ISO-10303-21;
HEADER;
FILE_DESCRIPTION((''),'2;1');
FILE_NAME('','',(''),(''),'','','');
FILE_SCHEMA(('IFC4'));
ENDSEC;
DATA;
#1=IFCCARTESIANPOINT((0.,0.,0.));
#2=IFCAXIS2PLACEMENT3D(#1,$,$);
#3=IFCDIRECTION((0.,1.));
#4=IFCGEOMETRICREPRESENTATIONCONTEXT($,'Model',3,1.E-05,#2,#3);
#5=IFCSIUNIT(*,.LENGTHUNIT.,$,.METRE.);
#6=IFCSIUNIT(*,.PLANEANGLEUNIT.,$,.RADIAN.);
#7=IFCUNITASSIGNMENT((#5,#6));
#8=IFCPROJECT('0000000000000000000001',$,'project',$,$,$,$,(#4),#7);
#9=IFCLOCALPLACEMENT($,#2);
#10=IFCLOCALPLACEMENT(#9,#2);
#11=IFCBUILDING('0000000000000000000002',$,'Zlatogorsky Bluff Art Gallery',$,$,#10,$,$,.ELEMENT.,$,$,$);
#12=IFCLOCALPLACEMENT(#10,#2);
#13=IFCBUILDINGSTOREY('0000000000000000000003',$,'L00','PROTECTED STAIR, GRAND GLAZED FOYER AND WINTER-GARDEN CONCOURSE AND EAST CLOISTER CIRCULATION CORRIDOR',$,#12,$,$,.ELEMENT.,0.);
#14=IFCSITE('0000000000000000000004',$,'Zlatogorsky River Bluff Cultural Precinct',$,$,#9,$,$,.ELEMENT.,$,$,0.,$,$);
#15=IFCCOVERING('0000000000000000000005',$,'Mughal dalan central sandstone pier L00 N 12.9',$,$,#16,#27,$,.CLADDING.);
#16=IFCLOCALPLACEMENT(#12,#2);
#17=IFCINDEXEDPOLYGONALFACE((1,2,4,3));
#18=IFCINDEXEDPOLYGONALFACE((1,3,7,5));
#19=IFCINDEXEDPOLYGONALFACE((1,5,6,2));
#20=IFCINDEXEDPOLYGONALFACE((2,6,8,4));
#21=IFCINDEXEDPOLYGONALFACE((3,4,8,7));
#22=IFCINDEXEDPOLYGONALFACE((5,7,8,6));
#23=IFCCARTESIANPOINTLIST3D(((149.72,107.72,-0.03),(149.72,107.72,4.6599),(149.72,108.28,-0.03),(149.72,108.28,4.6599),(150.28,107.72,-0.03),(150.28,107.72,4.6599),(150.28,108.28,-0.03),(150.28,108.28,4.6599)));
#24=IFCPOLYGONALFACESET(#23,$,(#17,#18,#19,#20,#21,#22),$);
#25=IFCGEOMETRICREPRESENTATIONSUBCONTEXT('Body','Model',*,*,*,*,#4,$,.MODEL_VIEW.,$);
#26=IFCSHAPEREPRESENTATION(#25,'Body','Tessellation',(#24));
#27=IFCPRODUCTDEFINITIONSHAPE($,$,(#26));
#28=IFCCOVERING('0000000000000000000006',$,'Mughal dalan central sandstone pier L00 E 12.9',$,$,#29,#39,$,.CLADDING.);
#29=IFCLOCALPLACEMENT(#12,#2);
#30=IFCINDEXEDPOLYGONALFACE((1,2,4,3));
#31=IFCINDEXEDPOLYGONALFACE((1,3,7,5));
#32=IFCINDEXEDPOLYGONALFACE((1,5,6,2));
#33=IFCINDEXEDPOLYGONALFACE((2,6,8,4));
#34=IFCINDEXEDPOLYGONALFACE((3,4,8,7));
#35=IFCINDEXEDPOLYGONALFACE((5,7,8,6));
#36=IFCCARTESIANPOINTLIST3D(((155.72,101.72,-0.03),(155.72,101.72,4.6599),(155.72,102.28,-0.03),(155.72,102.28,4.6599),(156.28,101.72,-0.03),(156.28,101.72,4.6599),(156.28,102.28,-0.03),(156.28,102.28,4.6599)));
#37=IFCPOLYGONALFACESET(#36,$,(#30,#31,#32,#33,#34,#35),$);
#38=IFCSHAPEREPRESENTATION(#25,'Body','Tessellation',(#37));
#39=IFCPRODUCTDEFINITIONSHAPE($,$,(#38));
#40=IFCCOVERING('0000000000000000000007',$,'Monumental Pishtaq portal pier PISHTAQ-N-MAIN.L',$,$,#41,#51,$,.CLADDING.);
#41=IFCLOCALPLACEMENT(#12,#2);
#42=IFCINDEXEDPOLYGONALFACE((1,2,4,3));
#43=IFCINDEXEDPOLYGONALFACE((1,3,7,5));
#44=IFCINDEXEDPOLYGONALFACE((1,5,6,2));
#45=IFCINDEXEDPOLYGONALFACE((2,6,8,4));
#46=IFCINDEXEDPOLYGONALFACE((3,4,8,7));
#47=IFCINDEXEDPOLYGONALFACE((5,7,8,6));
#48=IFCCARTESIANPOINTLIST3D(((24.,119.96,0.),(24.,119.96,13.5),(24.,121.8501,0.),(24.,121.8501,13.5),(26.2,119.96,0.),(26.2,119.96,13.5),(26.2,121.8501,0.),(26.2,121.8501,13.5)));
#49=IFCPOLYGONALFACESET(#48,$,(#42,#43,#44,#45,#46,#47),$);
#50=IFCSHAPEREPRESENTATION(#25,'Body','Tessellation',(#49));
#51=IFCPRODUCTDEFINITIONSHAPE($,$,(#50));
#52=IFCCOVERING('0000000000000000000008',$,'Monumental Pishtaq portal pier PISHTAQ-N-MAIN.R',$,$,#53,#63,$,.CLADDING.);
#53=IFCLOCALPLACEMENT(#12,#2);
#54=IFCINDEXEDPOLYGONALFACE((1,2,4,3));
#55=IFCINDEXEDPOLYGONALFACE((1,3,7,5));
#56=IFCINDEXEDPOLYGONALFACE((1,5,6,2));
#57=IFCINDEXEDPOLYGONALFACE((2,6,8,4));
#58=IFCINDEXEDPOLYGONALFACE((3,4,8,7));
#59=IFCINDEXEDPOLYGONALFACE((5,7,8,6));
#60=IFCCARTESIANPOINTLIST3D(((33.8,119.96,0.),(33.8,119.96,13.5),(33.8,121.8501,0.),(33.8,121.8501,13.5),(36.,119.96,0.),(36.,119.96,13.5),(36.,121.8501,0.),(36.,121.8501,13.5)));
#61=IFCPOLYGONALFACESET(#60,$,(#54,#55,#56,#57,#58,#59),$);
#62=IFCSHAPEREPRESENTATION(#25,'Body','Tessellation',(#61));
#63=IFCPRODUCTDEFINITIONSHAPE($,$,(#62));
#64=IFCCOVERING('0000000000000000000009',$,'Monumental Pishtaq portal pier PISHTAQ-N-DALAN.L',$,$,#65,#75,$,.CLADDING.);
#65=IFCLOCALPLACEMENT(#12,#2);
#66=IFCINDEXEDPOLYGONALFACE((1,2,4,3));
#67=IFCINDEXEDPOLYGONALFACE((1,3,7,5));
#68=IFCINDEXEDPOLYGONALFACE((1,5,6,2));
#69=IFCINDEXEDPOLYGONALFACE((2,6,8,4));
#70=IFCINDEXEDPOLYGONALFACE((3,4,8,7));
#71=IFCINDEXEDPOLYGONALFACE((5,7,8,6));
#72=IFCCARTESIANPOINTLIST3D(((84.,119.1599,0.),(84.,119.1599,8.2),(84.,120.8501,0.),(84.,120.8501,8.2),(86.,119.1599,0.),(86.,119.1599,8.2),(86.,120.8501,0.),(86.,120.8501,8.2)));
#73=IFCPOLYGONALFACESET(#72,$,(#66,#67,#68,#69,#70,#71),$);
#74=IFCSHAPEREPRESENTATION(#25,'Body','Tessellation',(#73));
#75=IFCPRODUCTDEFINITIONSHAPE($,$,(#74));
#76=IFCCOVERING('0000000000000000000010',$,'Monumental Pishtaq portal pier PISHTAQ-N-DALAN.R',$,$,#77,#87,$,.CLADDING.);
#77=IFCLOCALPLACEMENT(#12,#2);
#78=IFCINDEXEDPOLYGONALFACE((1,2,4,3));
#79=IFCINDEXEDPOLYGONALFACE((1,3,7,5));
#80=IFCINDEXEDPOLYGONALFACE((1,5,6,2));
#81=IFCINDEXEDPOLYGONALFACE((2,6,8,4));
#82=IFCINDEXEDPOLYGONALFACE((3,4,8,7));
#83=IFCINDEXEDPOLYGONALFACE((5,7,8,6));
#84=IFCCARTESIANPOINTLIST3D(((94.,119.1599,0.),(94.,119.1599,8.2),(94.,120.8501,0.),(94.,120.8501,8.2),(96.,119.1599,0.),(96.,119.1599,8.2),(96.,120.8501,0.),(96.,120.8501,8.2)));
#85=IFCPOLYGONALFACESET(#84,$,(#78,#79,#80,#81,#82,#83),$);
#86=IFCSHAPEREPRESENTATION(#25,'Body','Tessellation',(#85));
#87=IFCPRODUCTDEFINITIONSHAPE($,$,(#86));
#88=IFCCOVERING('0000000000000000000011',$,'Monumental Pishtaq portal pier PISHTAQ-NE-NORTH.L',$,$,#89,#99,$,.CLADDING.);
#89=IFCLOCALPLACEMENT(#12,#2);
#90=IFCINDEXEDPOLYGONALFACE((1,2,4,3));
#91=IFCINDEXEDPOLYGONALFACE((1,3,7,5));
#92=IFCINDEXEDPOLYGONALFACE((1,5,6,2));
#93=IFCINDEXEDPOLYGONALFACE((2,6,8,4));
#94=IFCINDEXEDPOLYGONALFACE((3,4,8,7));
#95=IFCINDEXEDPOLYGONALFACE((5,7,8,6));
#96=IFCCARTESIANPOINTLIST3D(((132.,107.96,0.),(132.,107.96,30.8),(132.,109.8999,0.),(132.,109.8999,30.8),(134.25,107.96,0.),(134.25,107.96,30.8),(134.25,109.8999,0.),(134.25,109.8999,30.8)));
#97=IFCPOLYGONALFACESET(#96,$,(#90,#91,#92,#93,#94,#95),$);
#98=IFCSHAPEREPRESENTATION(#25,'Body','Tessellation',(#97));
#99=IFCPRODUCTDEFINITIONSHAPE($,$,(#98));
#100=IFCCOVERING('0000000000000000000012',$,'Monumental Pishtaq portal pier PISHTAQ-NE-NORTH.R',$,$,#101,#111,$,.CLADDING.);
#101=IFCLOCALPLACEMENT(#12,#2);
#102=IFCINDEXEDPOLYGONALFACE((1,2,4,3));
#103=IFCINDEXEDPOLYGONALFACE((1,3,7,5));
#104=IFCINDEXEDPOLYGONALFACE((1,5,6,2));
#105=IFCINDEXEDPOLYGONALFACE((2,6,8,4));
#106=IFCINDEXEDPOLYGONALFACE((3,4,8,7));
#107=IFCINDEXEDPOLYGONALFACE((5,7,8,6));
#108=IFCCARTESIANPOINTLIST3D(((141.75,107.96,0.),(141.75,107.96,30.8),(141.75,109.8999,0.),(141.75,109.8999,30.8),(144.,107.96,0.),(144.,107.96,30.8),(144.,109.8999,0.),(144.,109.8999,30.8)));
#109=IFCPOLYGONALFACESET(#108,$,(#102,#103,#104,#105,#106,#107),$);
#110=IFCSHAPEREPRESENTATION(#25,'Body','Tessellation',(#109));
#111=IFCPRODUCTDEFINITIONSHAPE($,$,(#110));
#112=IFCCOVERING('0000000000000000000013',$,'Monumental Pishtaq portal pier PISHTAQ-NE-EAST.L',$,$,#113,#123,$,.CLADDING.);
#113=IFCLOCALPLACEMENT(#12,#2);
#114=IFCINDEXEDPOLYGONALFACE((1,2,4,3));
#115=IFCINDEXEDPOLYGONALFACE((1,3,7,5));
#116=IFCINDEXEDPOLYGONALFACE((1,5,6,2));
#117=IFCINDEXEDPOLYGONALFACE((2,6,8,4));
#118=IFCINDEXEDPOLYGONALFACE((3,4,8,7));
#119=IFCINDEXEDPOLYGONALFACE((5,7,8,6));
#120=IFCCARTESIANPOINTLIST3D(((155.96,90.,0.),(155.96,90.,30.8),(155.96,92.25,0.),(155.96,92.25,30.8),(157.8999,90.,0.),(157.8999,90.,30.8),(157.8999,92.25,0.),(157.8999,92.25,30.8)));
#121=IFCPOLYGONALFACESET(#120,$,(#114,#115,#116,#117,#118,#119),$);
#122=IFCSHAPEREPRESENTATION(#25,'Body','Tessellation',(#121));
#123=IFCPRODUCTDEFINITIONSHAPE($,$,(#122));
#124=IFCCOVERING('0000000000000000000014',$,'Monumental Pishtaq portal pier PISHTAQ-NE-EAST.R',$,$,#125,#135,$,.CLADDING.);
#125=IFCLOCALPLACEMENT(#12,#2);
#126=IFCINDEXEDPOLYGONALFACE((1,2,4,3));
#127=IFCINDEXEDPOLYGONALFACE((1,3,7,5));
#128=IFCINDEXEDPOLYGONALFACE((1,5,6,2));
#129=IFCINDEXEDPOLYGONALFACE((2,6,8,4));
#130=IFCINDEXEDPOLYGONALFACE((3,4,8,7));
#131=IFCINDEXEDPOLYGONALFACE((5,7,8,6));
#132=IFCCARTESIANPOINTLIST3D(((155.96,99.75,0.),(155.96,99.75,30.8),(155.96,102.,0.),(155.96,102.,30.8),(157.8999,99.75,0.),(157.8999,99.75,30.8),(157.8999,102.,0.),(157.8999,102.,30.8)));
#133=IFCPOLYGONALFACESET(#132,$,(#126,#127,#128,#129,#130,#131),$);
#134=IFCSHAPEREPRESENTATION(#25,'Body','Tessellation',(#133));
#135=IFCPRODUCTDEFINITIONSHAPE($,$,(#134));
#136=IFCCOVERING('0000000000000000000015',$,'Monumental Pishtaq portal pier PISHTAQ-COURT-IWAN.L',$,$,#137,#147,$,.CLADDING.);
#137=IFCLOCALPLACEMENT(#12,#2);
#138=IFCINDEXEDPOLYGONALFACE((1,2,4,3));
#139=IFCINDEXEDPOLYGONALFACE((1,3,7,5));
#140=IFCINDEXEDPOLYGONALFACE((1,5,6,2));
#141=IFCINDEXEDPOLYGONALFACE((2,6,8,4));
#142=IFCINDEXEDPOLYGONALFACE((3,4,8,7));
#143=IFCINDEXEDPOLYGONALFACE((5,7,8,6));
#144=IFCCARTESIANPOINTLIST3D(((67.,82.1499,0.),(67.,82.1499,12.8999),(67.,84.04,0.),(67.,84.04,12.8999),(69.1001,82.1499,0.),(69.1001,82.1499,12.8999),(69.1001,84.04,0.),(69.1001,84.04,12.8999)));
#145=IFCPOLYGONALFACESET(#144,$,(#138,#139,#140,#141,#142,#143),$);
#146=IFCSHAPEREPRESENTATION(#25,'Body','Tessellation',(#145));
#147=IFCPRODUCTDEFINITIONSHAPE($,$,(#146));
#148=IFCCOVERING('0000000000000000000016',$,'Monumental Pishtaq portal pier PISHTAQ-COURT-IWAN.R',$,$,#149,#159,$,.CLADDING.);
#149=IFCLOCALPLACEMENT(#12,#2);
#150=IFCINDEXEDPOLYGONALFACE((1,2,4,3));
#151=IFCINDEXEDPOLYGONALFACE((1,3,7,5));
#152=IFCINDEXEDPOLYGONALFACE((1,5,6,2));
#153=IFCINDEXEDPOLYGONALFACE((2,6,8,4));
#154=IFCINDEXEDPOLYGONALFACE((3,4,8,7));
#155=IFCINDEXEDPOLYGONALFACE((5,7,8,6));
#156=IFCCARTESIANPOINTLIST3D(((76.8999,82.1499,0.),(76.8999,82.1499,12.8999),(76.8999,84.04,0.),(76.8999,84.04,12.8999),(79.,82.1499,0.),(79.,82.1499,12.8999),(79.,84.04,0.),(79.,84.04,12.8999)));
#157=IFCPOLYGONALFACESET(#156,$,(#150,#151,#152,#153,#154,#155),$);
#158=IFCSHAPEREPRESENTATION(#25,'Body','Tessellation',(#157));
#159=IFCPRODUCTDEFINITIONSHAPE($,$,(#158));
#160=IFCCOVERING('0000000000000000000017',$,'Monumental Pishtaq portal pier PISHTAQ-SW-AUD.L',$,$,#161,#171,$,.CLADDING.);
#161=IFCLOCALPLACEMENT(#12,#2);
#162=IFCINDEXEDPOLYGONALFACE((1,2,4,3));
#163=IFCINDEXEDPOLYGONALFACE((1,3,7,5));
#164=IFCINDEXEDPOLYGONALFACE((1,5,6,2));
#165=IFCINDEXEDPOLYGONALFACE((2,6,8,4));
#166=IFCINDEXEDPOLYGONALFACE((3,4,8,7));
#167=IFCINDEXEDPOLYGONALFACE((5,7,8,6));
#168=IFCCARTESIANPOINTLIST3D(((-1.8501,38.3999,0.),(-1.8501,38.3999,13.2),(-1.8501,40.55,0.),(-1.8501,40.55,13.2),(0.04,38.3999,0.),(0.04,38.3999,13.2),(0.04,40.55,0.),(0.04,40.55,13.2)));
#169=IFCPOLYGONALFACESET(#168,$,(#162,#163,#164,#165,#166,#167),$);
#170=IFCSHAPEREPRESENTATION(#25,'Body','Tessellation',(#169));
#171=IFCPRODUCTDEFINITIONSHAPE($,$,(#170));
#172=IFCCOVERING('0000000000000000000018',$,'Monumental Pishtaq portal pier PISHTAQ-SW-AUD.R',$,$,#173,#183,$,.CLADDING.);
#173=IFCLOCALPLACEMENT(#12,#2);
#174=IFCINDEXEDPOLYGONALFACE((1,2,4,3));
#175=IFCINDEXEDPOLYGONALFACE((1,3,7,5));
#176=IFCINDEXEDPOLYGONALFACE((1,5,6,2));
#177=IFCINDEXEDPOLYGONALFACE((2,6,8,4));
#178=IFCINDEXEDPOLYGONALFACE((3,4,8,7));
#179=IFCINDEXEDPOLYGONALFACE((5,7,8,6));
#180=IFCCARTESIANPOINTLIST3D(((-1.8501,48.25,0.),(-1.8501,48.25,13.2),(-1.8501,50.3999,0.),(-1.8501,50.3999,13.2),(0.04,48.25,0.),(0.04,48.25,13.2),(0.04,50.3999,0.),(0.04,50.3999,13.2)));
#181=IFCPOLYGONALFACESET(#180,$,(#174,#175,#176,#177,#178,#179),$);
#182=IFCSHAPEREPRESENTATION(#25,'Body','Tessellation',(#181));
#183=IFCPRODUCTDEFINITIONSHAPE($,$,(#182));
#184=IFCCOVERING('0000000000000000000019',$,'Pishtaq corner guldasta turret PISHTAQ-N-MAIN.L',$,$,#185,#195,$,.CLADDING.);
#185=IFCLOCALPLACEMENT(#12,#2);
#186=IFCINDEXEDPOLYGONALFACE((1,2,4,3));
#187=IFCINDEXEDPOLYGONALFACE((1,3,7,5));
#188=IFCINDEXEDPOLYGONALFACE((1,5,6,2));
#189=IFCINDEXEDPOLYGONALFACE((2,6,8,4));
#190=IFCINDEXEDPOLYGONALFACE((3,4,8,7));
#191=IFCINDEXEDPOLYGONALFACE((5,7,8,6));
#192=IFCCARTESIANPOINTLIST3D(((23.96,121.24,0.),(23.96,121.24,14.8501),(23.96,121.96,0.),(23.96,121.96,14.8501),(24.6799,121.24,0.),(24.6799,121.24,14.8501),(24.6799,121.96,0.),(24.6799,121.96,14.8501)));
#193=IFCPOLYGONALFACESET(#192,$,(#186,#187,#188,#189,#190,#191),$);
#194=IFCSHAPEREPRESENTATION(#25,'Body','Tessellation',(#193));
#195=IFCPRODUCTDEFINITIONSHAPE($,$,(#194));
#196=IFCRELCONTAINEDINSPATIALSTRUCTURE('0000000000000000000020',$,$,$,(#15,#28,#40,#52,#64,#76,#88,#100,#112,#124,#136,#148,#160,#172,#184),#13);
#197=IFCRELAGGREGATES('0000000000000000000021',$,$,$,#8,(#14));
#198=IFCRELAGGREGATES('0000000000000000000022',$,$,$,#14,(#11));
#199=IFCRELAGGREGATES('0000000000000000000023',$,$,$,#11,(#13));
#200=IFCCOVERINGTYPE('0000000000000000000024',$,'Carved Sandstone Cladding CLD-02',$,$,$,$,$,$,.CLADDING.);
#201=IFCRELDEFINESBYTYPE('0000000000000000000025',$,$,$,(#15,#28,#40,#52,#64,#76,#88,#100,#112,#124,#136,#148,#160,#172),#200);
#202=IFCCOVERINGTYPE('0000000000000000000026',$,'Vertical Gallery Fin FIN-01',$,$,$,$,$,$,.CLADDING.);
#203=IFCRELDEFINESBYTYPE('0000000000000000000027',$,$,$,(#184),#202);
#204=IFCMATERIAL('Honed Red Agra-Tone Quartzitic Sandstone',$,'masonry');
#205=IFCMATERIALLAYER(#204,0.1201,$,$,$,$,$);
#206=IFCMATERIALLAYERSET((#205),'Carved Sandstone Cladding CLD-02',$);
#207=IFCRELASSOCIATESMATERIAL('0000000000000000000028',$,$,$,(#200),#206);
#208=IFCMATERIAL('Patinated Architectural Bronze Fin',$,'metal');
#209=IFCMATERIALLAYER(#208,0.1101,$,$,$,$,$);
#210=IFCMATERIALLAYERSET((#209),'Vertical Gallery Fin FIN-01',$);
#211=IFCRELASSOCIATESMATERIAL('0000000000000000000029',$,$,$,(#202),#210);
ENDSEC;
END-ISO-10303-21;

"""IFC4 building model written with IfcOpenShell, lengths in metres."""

from ifc_helpers import new_model, si_unit, direction, frame, origin, place, context, subcontext, project, spatial, polyline, outline, extrude, material, layer, layer_set, type_object, element, save


model = new_model("IFC4")

# Units and contexts
model_context = context("Model", 3, precision=1e-05, world=origin(), true_north=direction((0.0, 1.0)))
body_context = subcontext(model_context, "Body", "Model", "MODEL_VIEW")
ifc_project = project(units=[si_unit("LENGTHUNIT", "METRE"), si_unit("PLANEANGLEUNIT", "RADIAN")], contexts=[model_context])

# Site, building, storey
site_placement = place(None, origin())
site = spatial("IfcSite", under=ifc_project, at=site_placement, Name="Zlatogorsky River Bluff Cultural Precinct", CompositionType="ELEMENT", RefElevation=0.0)
building_placement = place(site_placement, origin())
building = spatial("IfcBuilding", under=site, at=building_placement, Name="Zlatogorsky Bluff Art Gallery", CompositionType="ELEMENT")
storey_placement = place(building_placement, origin())
storey = spatial("IfcBuildingStorey", under=building, at=storey_placement, Name="L00", Description="PROTECTED STAIR, GRAND GLAZED FOYER AND WINTER-GARDEN CONCOURSE AND EAST CLOISTER CIRCULATION CORRIDOR", CompositionType="ELEMENT", Elevation=0.0)

# Coverings
ifc_material_1 = material(Name="Honed Red Agra-Tone Quartzitic Sandstone", Category="masonry")
ifc_layer_1 = layer(ifc_material_1, 0.1201)
ifc_layer_set_1 = layer_set([ifc_layer_1], Name="Carved Sandstone Cladding CLD-02")
covering_type_1 = type_object("IfcCoveringType", Name="Carved Sandstone Cladding CLD-02", PredefinedType="CLADDING", material=ifc_layer_set_1)
covering_1_placement = place(storey_placement, frame((0.0, 0.0, -0.03)))
element("IfcCovering", 1, at=covering_1_placement, inside=storey, type_object=covering_type_1, Name="Mughal dalan central sandstone pier L00 N 12.9", PredefinedType="CLADDING", context=body_context, shape_type="SweptSolid", body=[
    extrude(outline(polyline([(149.72, 107.72), (150.28, 107.72), (150.28, 108.28), (149.72, 108.28), (149.72, 107.72)])), origin(), (0.0, 0.0, 1.0), 4.6899),
])
covering_2_placement = place(storey_placement, frame((0.0, 0.0, -0.03)))
element("IfcCovering", 2, at=covering_2_placement, inside=storey, type_object=covering_type_1, Name="Mughal dalan central sandstone pier L00 E 12.9", PredefinedType="CLADDING", context=body_context, shape_type="SweptSolid", body=[
    extrude(outline(polyline([(155.72, 101.72), (156.28, 101.72), (156.28, 102.28), (155.72, 102.28), (155.72, 101.72)])), origin(), (0.0, 0.0, 1.0), 4.6899),
])
covering_3_placement = place(storey_placement, origin())
element("IfcCovering", 3, at=covering_3_placement, inside=storey, type_object=covering_type_1, Name="Monumental Pishtaq portal pier PISHTAQ-N-MAIN.L", PredefinedType="CLADDING", context=body_context, shape_type="SweptSolid", body=[
    extrude(outline(polyline([(24.0, 119.96), (26.2, 119.96), (26.2, 121.8501), (24.0, 121.8501), (24.0, 119.96)])), origin(), (0.0, 0.0, 1.0), 13.5),
])
covering_4_placement = place(storey_placement, origin())
element("IfcCovering", 4, at=covering_4_placement, inside=storey, type_object=covering_type_1, Name="Monumental Pishtaq portal pier PISHTAQ-N-MAIN.R", PredefinedType="CLADDING", context=body_context, shape_type="SweptSolid", body=[
    extrude(outline(polyline([(33.8, 119.96), (36.0, 119.96), (36.0, 121.8501), (33.8, 121.8501), (33.8, 119.96)])), origin(), (0.0, 0.0, 1.0), 13.5),
])
covering_5_placement = place(storey_placement, origin())
element("IfcCovering", 5, at=covering_5_placement, inside=storey, type_object=covering_type_1, Name="Monumental Pishtaq portal pier PISHTAQ-N-DALAN.L", PredefinedType="CLADDING", context=body_context, shape_type="SweptSolid", body=[
    extrude(outline(polyline([(84.0, 119.1599), (86.0, 119.1599), (86.0, 120.8501), (84.0, 120.8501), (84.0, 119.1599)])), origin(), (0.0, 0.0, 1.0), 8.2),
])
covering_6_placement = place(storey_placement, origin())
element("IfcCovering", 6, at=covering_6_placement, inside=storey, type_object=covering_type_1, Name="Monumental Pishtaq portal pier PISHTAQ-N-DALAN.R", PredefinedType="CLADDING", context=body_context, shape_type="SweptSolid", body=[
    extrude(outline(polyline([(94.0, 119.1599), (96.0, 119.1599), (96.0, 120.8501), (94.0, 120.8501), (94.0, 119.1599)])), origin(), (0.0, 0.0, 1.0), 8.2),
])
covering_7_placement = place(storey_placement, origin())
element("IfcCovering", 7, at=covering_7_placement, inside=storey, type_object=covering_type_1, Name="Monumental Pishtaq portal pier PISHTAQ-NE-NORTH.L", PredefinedType="CLADDING", context=body_context, shape_type="SweptSolid", body=[
    extrude(outline(polyline([(132.0, 107.96), (134.25, 107.96), (134.25, 109.8999), (132.0, 109.8999), (132.0, 107.96)])), origin(), (0.0, 0.0, 1.0), 30.8),
])
covering_8_placement = place(storey_placement, origin())
element("IfcCovering", 8, at=covering_8_placement, inside=storey, type_object=covering_type_1, Name="Monumental Pishtaq portal pier PISHTAQ-NE-NORTH.R", PredefinedType="CLADDING", context=body_context, shape_type="SweptSolid", body=[
    extrude(outline(polyline([(141.75, 107.96), (144.0, 107.96), (144.0, 109.8999), (141.75, 109.8999), (141.75, 107.96)])), origin(), (0.0, 0.0, 1.0), 30.8),
])
covering_9_placement = place(storey_placement, origin())
element("IfcCovering", 9, at=covering_9_placement, inside=storey, type_object=covering_type_1, Name="Monumental Pishtaq portal pier PISHTAQ-NE-EAST.L", PredefinedType="CLADDING", context=body_context, shape_type="SweptSolid", body=[
    extrude(outline(polyline([(155.96, 90.0), (155.96, 92.25), (157.8999, 92.25), (157.8999, 90.0), (155.96, 90.0)])), origin(), (0.0, 0.0, 1.0), 30.8),
])
covering_10_placement = place(storey_placement, origin())
element("IfcCovering", 10, at=covering_10_placement, inside=storey, type_object=covering_type_1, Name="Monumental Pishtaq portal pier PISHTAQ-NE-EAST.R", PredefinedType="CLADDING", context=body_context, shape_type="SweptSolid", body=[
    extrude(outline(polyline([(155.96, 99.75), (155.96, 102.0), (157.8999, 102.0), (157.8999, 99.75), (155.96, 99.75)])), origin(), (0.0, 0.0, 1.0), 30.8),
])
covering_11_placement = place(storey_placement, origin())
element("IfcCovering", 11, at=covering_11_placement, inside=storey, type_object=covering_type_1, Name="Monumental Pishtaq portal pier PISHTAQ-COURT-IWAN.L", PredefinedType="CLADDING", context=body_context, shape_type="SweptSolid", body=[
    extrude(outline(polyline([(67.0, 82.1499), (69.1001, 82.1499), (69.1001, 84.04), (67.0, 84.04), (67.0, 82.1499)])), origin(), (0.0, 0.0, 1.0), 12.8999),
])
covering_12_placement = place(storey_placement, origin())
element("IfcCovering", 12, at=covering_12_placement, inside=storey, type_object=covering_type_1, Name="Monumental Pishtaq portal pier PISHTAQ-COURT-IWAN.R", PredefinedType="CLADDING", context=body_context, shape_type="SweptSolid", body=[
    extrude(outline(polyline([(76.8999, 82.1499), (79.0, 82.1499), (79.0, 84.04), (76.8999, 84.04), (76.8999, 82.1499)])), origin(), (0.0, 0.0, 1.0), 12.8999),
])
covering_13_placement = place(storey_placement, origin())
element("IfcCovering", 13, at=covering_13_placement, inside=storey, type_object=covering_type_1, Name="Monumental Pishtaq portal pier PISHTAQ-SW-AUD.L", PredefinedType="CLADDING", context=body_context, shape_type="SweptSolid", body=[
    extrude(outline(polyline([(-1.8501, 38.3999), (-1.8501, 40.55), (0.04, 40.55), (0.04, 38.3999), (-1.8501, 38.3999)])), origin(), (0.0, 0.0, 1.0), 13.2),
])
covering_14_placement = place(storey_placement, origin())
element("IfcCovering", 14, at=covering_14_placement, inside=storey, type_object=covering_type_1, Name="Monumental Pishtaq portal pier PISHTAQ-SW-AUD.R", PredefinedType="CLADDING", context=body_context, shape_type="SweptSolid", body=[
    extrude(outline(polyline([(-1.8501, 48.25), (-1.8501, 50.3999), (0.04, 50.3999), (0.04, 48.25), (-1.8501, 48.25)])), origin(), (0.0, 0.0, 1.0), 13.2),
])
ifc_material_2 = material(Name="Patinated Architectural Bronze Fin", Category="metal")
ifc_layer_2 = layer(ifc_material_2, 0.1101)
ifc_layer_set_2 = layer_set([ifc_layer_2], Name="Vertical Gallery Fin FIN-01")
covering_type_2 = type_object("IfcCoveringType", Name="Vertical Gallery Fin FIN-01", PredefinedType="CLADDING", material=ifc_layer_set_2)
covering_15_placement = place(storey_placement, origin())
element("IfcCovering", 15, at=covering_15_placement, inside=storey, type_object=covering_type_2, Name="Pishtaq corner guldasta turret PISHTAQ-N-MAIN.L", PredefinedType="CLADDING", context=body_context, shape_type="SweptSolid", body=[
    extrude(outline(polyline([(23.96, 121.24), (24.6799, 121.24), (24.6799, 121.96), (23.96, 121.96), (23.96, 121.24)])), origin(), (0.0, 0.0, 1.0), 14.8501),
])

save(model, "model.ifc")
